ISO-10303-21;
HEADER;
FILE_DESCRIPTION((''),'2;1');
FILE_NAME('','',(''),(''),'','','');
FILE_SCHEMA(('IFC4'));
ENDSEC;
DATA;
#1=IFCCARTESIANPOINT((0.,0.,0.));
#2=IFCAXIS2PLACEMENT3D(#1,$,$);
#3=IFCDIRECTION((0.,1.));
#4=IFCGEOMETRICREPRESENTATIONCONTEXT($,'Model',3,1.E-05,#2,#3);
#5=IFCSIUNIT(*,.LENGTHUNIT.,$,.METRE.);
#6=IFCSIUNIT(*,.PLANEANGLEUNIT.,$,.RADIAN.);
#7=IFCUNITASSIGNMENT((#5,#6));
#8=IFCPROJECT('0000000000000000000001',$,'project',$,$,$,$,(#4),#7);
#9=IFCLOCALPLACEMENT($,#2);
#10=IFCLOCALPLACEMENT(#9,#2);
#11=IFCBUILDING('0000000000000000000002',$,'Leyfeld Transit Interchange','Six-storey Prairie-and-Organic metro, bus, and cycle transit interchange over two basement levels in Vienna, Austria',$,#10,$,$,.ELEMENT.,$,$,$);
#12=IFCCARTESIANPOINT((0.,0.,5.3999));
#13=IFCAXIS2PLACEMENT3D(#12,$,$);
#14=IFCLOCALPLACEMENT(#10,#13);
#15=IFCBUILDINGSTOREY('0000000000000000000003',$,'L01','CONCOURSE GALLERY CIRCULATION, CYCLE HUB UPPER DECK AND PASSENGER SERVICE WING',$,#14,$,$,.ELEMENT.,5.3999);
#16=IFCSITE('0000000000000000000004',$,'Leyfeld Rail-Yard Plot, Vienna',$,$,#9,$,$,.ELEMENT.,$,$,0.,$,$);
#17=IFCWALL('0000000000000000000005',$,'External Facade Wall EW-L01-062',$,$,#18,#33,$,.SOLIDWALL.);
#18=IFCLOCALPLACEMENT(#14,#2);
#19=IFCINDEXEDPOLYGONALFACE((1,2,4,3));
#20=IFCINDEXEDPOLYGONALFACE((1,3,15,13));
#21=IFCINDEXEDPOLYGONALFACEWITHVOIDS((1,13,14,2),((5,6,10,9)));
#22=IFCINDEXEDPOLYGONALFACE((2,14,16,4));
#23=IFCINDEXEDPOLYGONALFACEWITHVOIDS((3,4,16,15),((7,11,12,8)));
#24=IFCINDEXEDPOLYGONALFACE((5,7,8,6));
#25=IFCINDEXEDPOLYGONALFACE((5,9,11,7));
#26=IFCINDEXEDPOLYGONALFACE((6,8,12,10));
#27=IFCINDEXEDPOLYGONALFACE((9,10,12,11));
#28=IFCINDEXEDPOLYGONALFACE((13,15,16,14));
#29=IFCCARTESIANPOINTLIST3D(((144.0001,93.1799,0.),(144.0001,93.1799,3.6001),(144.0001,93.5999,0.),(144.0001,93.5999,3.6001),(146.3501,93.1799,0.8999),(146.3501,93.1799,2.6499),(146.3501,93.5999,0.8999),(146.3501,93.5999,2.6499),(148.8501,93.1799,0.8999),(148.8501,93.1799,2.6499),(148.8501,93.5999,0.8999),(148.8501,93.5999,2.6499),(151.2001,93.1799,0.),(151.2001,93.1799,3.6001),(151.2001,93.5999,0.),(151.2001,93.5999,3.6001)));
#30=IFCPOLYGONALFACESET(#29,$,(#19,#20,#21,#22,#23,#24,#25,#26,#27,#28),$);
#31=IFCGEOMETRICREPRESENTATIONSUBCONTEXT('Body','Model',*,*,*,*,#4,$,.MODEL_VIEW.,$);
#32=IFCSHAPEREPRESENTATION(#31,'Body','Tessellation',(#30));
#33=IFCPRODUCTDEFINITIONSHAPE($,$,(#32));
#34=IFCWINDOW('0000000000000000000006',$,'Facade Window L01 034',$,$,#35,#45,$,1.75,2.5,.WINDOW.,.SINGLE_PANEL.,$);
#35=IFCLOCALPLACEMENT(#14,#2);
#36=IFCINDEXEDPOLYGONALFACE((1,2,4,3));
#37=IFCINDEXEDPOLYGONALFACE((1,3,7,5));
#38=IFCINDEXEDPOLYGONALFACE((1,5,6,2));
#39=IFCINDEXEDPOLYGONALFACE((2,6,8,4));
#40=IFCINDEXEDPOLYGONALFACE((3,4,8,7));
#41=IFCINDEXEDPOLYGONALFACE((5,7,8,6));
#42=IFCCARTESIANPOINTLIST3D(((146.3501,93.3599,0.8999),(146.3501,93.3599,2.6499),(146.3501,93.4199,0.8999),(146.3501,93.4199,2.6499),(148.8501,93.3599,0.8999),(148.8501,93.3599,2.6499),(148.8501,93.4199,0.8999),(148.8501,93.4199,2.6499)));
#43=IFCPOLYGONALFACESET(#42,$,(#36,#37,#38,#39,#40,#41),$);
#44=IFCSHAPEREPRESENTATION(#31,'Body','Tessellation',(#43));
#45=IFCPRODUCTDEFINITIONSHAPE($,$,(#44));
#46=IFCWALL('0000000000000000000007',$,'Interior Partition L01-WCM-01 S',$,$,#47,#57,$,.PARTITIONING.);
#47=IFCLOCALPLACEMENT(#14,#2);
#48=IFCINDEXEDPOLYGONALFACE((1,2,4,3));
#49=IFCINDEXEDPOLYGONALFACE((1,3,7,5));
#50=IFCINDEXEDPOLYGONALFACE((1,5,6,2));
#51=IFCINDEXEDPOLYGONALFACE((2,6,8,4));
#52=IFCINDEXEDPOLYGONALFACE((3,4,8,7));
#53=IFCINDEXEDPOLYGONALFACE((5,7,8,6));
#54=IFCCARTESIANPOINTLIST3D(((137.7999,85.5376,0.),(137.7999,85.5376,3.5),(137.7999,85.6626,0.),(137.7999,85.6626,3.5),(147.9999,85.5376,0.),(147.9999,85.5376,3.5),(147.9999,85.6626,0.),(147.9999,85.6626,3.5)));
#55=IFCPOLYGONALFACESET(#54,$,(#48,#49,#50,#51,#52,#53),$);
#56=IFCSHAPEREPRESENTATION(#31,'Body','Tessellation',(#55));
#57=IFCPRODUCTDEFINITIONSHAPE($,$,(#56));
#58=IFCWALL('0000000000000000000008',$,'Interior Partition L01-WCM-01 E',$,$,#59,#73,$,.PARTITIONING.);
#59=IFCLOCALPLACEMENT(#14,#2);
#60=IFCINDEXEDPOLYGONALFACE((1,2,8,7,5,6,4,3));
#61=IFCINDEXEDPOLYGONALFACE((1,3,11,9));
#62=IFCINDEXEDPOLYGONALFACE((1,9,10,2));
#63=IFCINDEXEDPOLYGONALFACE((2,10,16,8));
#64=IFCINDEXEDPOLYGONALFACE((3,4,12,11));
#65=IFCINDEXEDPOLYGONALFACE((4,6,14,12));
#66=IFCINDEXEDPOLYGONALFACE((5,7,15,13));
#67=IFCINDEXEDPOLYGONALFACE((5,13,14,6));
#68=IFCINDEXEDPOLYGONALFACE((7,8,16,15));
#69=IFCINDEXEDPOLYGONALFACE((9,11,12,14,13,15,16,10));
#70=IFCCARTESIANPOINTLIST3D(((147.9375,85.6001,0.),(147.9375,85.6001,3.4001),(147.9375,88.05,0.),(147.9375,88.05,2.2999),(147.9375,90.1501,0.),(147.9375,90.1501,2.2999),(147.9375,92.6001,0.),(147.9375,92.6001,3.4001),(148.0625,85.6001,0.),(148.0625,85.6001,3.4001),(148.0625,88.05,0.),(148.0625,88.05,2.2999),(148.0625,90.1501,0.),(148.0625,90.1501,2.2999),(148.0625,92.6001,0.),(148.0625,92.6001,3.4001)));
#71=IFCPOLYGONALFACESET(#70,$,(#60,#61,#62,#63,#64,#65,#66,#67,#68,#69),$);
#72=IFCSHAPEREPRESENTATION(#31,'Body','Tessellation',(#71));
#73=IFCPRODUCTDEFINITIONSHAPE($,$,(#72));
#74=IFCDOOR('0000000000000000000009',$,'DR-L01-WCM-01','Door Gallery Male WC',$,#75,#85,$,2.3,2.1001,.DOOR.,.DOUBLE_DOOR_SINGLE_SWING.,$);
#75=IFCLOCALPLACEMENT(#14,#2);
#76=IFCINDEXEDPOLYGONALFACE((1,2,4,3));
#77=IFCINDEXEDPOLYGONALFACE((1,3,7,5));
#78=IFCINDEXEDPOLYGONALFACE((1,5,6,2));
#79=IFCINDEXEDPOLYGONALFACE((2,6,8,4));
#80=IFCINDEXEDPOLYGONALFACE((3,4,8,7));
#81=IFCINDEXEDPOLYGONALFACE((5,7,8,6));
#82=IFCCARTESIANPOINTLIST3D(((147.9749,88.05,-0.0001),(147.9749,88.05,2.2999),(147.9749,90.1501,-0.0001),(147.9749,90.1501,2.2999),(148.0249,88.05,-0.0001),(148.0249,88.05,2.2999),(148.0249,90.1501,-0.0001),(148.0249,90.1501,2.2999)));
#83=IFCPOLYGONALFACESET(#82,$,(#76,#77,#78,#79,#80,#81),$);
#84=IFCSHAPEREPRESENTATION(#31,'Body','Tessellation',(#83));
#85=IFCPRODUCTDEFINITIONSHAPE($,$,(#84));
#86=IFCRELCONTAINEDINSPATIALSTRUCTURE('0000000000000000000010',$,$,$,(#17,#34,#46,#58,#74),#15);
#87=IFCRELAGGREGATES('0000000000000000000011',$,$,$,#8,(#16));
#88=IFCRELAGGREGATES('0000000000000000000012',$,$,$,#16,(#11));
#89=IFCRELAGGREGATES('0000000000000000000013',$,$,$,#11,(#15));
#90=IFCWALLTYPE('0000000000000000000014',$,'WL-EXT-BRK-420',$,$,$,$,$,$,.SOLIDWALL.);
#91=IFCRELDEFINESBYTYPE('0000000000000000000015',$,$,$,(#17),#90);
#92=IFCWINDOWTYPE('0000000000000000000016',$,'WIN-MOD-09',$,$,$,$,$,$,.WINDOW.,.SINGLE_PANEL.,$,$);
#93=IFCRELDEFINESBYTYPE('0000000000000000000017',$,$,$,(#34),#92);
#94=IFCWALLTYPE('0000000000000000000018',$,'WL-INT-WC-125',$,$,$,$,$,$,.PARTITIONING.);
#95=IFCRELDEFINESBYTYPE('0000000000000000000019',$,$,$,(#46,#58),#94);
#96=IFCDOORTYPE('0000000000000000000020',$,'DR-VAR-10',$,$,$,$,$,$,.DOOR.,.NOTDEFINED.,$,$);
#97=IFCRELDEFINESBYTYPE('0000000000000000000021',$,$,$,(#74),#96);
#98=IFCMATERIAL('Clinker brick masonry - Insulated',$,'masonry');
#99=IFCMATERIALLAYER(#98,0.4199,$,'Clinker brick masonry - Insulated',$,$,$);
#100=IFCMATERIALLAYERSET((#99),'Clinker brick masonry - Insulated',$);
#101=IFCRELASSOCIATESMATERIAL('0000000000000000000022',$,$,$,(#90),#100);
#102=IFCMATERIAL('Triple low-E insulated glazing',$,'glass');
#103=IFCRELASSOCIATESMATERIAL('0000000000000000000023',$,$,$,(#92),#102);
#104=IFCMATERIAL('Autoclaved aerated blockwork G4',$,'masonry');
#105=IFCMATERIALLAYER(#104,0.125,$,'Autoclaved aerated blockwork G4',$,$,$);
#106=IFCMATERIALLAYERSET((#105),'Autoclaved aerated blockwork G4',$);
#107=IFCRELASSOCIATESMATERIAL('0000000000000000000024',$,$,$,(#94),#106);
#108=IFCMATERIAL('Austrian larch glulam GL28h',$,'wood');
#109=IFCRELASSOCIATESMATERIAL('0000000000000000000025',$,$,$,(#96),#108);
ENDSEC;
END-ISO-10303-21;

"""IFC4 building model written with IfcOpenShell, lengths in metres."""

from ifc_helpers import new_model, si_unit, direction, frame, frame_2d, origin, place, context, subcontext, project, spatial, rectangle, extrude, material, layer, layer_set, type_object, element, fill, save


model = new_model("IFC4")

# Units and contexts
model_context = context("Model", 3, precision=1e-05, world=origin(), true_north=direction((0.0, 1.0)))
body_context = subcontext(model_context, "Body", "Model", "MODEL_VIEW")
ifc_project = project(units=[si_unit("LENGTHUNIT", "METRE"), si_unit("PLANEANGLEUNIT", "RADIAN")], contexts=[model_context])

# Site, building, storey
site_placement = place(None, origin())
site = spatial("IfcSite", under=ifc_project, at=site_placement, Name="Leyfeld Rail-Yard Plot, Vienna", CompositionType="ELEMENT", RefElevation=0.0)
building_placement = place(site_placement, origin())
building = spatial("IfcBuilding", under=site, at=building_placement, Name="Leyfeld Transit Interchange", Description="Six-storey Prairie-and-Organic metro, bus, and cycle transit interchange over two basement levels in Vienna, Austria", CompositionType="ELEMENT")
storey_placement = place(building_placement, frame((0.0, 0.0, 5.3999)))
storey = spatial("IfcBuildingStorey", under=building, at=storey_placement, Name="L01", Description="CONCOURSE GALLERY CIRCULATION, CYCLE HUB UPPER DECK AND PASSENGER SERVICE WING", CompositionType="ELEMENT", Elevation=5.3999)

# Wall, opening, window
ifc_material_1 = material(Name="Clinker brick masonry - Insulated", Category="masonry")
ifc_layer_1 = layer(ifc_material_1, 0.4199, Name="Clinker brick masonry - Insulated")
ifc_layer_set_1 = layer_set([ifc_layer_1], Name="Clinker brick masonry - Insulated")
wall_type_1 = type_object("IfcWallType", Name="WL-EXT-BRK-420", PredefinedType="SOLIDWALL", material=ifc_layer_set_1)
wall_1_placement = place(storey_placement, frame((144.0, 93.3899, 0.0), z_axis=(0.0, 0.0, 1.0), x_axis=(1.0, 0.0, 0.0)))
wall_1 = element("IfcWall", 1, at=wall_1_placement, inside=storey, type_object=wall_type_1, Name="External Facade Wall EW-L01-062", PredefinedType="SOLIDWALL", context=body_context, shape_type="SweptSolid", body=[
    extrude(rectangle(XDim=7.2, YDim=0.4199, at=frame_2d((3.6001, 0.0))), origin(), (0.0, 0.0, 1.0), 3.6001),
])
opening_1_placement = place(wall_1_placement, frame((2.3501, 0.0, 0.8999)))
opening_1 = element("IfcOpeningElement", 2, at=opening_1_placement, cuts=wall_1, PredefinedType="OPENING", context=body_context, shape_type="SweptSolid", body=[
    extrude(rectangle(XDim=2.5, YDim=1.75, at=frame_2d((1.25, 0.875))), frame((0.0, 0.22, 0.0), z_axis=(0.0, -1.0, 0.0), x_axis=(1.0, 0.0, 0.0)), (0.0, 0.0, 1.0), 0.4399),
])
ifc_material_2 = material(Name="Triple low-E insulated glazing", Category="glass")
window_type = type_object("IfcWindowType", Name="WIN-MOD-09", PartitioningType="SINGLE_PANEL", PredefinedType="WINDOW", material=ifc_material_2)
window_placement = place(opening_1_placement, origin())
window = element("IfcWindow", 3, at=window_placement, inside=storey, type_object=window_type, Name="Facade Window L01 034", OverallHeight=1.75, OverallWidth=2.5, PartitioningType="SINGLE_PANEL", PredefinedType="WINDOW", context=body_context, shape_type="SweptSolid", body=[
    extrude(rectangle(XDim=2.5, YDim=1.75, at=frame_2d((1.25, 0.875))), frame((0.0, 0.03, 0.0), z_axis=(0.0, -1.0, 0.0), x_axis=(1.0, 0.0, 0.0)), (0.0, 0.0, 1.0), 0.0601),
])
fill(opening_1, window)

# Wall
ifc_material_3 = material(Name="Autoclaved aerated blockwork G4", Category="masonry")
ifc_layer_2 = layer(ifc_material_3, 0.125, Name="Autoclaved aerated blockwork G4")
ifc_layer_set_2 = layer_set([ifc_layer_2], Name="Autoclaved aerated blockwork G4")
wall_type_2 = type_object("IfcWallType", Name="WL-INT-WC-125", PredefinedType="PARTITIONING", material=ifc_layer_set_2)
wall_2_placement = place(storey_placement, frame((148.0, 85.6001, 0.0), z_axis=(0.0, 0.0, 1.0), x_axis=(-1.0, 0.0, 0.0)))
element("IfcWall", 4, at=wall_2_placement, inside=storey, type_object=wall_type_2, Name="Interior Partition L01-WCM-01 S", PredefinedType="PARTITIONING", context=body_context, shape_type="SweptSolid", body=[
    extrude(rectangle(XDim=10.2, YDim=0.125, at=frame_2d((5.1001, 0.0))), origin(), (0.0, 0.0, 1.0), 3.5),
])

# Wall, opening, door
wall_3_placement = place(storey_placement, frame((148.0, 92.6001, 0.0), z_axis=(0.0, 0.0, 1.0), x_axis=(0.0, -1.0, 0.0)))
wall_3 = element("IfcWall", 5, at=wall_3_placement, inside=storey, type_object=wall_type_2, Name="Interior Partition L01-WCM-01 E", PredefinedType="PARTITIONING", context=body_context, shape_type="SweptSolid", body=[
    extrude(rectangle(XDim=7.0, YDim=0.125, at=frame_2d((3.5, 0.0))), origin(), (0.0, 0.0, 1.0), 3.4001),
])
opening_2_placement = place(wall_3_placement, frame((2.45, 0.0, 0.0)))
opening_2 = element("IfcOpeningElement", 6, at=opening_2_placement, cuts=wall_3, PredefinedType="OPENING", context=body_context, shape_type="SweptSolid", body=[
    extrude(rectangle(XDim=2.1001, YDim=2.3, at=frame_2d((1.05, 1.1499))), frame((0.0, 0.0725, 0.0), z_axis=(0.0, -1.0, 0.0), x_axis=(1.0, 0.0, 0.0)), (0.0, 0.0, 1.0), 0.145),
])
ifc_material_4 = material(Name="Austrian larch glulam GL28h", Category="wood")
door_type = type_object("IfcDoorType", Name="DR-VAR-10", OperationType="NOTDEFINED", PredefinedType="DOOR", material=ifc_material_4)
door_placement = place(opening_2_placement, origin())
door = element("IfcDoor", 7, at=door_placement, inside=storey, type_object=door_type, Name="DR-L01-WCM-01", Description="Door Gallery Male WC", OperationType="DOUBLE_DOOR_SINGLE_SWING", OverallHeight=2.3, OverallWidth=2.1001, PredefinedType="DOOR", context=body_context, shape_type="SweptSolid", body=[
    extrude(rectangle(XDim=2.1001, YDim=2.3, at=frame_2d((1.05, 1.1499))), frame((0.0, 0.0249, 0.0), z_axis=(0.0, -1.0, 0.0), x_axis=(1.0, 0.0, 0.0)), (0.0, 0.0, 1.0), 0.05),
])
fill(opening_2, door)

save(model, "model.ifc")
